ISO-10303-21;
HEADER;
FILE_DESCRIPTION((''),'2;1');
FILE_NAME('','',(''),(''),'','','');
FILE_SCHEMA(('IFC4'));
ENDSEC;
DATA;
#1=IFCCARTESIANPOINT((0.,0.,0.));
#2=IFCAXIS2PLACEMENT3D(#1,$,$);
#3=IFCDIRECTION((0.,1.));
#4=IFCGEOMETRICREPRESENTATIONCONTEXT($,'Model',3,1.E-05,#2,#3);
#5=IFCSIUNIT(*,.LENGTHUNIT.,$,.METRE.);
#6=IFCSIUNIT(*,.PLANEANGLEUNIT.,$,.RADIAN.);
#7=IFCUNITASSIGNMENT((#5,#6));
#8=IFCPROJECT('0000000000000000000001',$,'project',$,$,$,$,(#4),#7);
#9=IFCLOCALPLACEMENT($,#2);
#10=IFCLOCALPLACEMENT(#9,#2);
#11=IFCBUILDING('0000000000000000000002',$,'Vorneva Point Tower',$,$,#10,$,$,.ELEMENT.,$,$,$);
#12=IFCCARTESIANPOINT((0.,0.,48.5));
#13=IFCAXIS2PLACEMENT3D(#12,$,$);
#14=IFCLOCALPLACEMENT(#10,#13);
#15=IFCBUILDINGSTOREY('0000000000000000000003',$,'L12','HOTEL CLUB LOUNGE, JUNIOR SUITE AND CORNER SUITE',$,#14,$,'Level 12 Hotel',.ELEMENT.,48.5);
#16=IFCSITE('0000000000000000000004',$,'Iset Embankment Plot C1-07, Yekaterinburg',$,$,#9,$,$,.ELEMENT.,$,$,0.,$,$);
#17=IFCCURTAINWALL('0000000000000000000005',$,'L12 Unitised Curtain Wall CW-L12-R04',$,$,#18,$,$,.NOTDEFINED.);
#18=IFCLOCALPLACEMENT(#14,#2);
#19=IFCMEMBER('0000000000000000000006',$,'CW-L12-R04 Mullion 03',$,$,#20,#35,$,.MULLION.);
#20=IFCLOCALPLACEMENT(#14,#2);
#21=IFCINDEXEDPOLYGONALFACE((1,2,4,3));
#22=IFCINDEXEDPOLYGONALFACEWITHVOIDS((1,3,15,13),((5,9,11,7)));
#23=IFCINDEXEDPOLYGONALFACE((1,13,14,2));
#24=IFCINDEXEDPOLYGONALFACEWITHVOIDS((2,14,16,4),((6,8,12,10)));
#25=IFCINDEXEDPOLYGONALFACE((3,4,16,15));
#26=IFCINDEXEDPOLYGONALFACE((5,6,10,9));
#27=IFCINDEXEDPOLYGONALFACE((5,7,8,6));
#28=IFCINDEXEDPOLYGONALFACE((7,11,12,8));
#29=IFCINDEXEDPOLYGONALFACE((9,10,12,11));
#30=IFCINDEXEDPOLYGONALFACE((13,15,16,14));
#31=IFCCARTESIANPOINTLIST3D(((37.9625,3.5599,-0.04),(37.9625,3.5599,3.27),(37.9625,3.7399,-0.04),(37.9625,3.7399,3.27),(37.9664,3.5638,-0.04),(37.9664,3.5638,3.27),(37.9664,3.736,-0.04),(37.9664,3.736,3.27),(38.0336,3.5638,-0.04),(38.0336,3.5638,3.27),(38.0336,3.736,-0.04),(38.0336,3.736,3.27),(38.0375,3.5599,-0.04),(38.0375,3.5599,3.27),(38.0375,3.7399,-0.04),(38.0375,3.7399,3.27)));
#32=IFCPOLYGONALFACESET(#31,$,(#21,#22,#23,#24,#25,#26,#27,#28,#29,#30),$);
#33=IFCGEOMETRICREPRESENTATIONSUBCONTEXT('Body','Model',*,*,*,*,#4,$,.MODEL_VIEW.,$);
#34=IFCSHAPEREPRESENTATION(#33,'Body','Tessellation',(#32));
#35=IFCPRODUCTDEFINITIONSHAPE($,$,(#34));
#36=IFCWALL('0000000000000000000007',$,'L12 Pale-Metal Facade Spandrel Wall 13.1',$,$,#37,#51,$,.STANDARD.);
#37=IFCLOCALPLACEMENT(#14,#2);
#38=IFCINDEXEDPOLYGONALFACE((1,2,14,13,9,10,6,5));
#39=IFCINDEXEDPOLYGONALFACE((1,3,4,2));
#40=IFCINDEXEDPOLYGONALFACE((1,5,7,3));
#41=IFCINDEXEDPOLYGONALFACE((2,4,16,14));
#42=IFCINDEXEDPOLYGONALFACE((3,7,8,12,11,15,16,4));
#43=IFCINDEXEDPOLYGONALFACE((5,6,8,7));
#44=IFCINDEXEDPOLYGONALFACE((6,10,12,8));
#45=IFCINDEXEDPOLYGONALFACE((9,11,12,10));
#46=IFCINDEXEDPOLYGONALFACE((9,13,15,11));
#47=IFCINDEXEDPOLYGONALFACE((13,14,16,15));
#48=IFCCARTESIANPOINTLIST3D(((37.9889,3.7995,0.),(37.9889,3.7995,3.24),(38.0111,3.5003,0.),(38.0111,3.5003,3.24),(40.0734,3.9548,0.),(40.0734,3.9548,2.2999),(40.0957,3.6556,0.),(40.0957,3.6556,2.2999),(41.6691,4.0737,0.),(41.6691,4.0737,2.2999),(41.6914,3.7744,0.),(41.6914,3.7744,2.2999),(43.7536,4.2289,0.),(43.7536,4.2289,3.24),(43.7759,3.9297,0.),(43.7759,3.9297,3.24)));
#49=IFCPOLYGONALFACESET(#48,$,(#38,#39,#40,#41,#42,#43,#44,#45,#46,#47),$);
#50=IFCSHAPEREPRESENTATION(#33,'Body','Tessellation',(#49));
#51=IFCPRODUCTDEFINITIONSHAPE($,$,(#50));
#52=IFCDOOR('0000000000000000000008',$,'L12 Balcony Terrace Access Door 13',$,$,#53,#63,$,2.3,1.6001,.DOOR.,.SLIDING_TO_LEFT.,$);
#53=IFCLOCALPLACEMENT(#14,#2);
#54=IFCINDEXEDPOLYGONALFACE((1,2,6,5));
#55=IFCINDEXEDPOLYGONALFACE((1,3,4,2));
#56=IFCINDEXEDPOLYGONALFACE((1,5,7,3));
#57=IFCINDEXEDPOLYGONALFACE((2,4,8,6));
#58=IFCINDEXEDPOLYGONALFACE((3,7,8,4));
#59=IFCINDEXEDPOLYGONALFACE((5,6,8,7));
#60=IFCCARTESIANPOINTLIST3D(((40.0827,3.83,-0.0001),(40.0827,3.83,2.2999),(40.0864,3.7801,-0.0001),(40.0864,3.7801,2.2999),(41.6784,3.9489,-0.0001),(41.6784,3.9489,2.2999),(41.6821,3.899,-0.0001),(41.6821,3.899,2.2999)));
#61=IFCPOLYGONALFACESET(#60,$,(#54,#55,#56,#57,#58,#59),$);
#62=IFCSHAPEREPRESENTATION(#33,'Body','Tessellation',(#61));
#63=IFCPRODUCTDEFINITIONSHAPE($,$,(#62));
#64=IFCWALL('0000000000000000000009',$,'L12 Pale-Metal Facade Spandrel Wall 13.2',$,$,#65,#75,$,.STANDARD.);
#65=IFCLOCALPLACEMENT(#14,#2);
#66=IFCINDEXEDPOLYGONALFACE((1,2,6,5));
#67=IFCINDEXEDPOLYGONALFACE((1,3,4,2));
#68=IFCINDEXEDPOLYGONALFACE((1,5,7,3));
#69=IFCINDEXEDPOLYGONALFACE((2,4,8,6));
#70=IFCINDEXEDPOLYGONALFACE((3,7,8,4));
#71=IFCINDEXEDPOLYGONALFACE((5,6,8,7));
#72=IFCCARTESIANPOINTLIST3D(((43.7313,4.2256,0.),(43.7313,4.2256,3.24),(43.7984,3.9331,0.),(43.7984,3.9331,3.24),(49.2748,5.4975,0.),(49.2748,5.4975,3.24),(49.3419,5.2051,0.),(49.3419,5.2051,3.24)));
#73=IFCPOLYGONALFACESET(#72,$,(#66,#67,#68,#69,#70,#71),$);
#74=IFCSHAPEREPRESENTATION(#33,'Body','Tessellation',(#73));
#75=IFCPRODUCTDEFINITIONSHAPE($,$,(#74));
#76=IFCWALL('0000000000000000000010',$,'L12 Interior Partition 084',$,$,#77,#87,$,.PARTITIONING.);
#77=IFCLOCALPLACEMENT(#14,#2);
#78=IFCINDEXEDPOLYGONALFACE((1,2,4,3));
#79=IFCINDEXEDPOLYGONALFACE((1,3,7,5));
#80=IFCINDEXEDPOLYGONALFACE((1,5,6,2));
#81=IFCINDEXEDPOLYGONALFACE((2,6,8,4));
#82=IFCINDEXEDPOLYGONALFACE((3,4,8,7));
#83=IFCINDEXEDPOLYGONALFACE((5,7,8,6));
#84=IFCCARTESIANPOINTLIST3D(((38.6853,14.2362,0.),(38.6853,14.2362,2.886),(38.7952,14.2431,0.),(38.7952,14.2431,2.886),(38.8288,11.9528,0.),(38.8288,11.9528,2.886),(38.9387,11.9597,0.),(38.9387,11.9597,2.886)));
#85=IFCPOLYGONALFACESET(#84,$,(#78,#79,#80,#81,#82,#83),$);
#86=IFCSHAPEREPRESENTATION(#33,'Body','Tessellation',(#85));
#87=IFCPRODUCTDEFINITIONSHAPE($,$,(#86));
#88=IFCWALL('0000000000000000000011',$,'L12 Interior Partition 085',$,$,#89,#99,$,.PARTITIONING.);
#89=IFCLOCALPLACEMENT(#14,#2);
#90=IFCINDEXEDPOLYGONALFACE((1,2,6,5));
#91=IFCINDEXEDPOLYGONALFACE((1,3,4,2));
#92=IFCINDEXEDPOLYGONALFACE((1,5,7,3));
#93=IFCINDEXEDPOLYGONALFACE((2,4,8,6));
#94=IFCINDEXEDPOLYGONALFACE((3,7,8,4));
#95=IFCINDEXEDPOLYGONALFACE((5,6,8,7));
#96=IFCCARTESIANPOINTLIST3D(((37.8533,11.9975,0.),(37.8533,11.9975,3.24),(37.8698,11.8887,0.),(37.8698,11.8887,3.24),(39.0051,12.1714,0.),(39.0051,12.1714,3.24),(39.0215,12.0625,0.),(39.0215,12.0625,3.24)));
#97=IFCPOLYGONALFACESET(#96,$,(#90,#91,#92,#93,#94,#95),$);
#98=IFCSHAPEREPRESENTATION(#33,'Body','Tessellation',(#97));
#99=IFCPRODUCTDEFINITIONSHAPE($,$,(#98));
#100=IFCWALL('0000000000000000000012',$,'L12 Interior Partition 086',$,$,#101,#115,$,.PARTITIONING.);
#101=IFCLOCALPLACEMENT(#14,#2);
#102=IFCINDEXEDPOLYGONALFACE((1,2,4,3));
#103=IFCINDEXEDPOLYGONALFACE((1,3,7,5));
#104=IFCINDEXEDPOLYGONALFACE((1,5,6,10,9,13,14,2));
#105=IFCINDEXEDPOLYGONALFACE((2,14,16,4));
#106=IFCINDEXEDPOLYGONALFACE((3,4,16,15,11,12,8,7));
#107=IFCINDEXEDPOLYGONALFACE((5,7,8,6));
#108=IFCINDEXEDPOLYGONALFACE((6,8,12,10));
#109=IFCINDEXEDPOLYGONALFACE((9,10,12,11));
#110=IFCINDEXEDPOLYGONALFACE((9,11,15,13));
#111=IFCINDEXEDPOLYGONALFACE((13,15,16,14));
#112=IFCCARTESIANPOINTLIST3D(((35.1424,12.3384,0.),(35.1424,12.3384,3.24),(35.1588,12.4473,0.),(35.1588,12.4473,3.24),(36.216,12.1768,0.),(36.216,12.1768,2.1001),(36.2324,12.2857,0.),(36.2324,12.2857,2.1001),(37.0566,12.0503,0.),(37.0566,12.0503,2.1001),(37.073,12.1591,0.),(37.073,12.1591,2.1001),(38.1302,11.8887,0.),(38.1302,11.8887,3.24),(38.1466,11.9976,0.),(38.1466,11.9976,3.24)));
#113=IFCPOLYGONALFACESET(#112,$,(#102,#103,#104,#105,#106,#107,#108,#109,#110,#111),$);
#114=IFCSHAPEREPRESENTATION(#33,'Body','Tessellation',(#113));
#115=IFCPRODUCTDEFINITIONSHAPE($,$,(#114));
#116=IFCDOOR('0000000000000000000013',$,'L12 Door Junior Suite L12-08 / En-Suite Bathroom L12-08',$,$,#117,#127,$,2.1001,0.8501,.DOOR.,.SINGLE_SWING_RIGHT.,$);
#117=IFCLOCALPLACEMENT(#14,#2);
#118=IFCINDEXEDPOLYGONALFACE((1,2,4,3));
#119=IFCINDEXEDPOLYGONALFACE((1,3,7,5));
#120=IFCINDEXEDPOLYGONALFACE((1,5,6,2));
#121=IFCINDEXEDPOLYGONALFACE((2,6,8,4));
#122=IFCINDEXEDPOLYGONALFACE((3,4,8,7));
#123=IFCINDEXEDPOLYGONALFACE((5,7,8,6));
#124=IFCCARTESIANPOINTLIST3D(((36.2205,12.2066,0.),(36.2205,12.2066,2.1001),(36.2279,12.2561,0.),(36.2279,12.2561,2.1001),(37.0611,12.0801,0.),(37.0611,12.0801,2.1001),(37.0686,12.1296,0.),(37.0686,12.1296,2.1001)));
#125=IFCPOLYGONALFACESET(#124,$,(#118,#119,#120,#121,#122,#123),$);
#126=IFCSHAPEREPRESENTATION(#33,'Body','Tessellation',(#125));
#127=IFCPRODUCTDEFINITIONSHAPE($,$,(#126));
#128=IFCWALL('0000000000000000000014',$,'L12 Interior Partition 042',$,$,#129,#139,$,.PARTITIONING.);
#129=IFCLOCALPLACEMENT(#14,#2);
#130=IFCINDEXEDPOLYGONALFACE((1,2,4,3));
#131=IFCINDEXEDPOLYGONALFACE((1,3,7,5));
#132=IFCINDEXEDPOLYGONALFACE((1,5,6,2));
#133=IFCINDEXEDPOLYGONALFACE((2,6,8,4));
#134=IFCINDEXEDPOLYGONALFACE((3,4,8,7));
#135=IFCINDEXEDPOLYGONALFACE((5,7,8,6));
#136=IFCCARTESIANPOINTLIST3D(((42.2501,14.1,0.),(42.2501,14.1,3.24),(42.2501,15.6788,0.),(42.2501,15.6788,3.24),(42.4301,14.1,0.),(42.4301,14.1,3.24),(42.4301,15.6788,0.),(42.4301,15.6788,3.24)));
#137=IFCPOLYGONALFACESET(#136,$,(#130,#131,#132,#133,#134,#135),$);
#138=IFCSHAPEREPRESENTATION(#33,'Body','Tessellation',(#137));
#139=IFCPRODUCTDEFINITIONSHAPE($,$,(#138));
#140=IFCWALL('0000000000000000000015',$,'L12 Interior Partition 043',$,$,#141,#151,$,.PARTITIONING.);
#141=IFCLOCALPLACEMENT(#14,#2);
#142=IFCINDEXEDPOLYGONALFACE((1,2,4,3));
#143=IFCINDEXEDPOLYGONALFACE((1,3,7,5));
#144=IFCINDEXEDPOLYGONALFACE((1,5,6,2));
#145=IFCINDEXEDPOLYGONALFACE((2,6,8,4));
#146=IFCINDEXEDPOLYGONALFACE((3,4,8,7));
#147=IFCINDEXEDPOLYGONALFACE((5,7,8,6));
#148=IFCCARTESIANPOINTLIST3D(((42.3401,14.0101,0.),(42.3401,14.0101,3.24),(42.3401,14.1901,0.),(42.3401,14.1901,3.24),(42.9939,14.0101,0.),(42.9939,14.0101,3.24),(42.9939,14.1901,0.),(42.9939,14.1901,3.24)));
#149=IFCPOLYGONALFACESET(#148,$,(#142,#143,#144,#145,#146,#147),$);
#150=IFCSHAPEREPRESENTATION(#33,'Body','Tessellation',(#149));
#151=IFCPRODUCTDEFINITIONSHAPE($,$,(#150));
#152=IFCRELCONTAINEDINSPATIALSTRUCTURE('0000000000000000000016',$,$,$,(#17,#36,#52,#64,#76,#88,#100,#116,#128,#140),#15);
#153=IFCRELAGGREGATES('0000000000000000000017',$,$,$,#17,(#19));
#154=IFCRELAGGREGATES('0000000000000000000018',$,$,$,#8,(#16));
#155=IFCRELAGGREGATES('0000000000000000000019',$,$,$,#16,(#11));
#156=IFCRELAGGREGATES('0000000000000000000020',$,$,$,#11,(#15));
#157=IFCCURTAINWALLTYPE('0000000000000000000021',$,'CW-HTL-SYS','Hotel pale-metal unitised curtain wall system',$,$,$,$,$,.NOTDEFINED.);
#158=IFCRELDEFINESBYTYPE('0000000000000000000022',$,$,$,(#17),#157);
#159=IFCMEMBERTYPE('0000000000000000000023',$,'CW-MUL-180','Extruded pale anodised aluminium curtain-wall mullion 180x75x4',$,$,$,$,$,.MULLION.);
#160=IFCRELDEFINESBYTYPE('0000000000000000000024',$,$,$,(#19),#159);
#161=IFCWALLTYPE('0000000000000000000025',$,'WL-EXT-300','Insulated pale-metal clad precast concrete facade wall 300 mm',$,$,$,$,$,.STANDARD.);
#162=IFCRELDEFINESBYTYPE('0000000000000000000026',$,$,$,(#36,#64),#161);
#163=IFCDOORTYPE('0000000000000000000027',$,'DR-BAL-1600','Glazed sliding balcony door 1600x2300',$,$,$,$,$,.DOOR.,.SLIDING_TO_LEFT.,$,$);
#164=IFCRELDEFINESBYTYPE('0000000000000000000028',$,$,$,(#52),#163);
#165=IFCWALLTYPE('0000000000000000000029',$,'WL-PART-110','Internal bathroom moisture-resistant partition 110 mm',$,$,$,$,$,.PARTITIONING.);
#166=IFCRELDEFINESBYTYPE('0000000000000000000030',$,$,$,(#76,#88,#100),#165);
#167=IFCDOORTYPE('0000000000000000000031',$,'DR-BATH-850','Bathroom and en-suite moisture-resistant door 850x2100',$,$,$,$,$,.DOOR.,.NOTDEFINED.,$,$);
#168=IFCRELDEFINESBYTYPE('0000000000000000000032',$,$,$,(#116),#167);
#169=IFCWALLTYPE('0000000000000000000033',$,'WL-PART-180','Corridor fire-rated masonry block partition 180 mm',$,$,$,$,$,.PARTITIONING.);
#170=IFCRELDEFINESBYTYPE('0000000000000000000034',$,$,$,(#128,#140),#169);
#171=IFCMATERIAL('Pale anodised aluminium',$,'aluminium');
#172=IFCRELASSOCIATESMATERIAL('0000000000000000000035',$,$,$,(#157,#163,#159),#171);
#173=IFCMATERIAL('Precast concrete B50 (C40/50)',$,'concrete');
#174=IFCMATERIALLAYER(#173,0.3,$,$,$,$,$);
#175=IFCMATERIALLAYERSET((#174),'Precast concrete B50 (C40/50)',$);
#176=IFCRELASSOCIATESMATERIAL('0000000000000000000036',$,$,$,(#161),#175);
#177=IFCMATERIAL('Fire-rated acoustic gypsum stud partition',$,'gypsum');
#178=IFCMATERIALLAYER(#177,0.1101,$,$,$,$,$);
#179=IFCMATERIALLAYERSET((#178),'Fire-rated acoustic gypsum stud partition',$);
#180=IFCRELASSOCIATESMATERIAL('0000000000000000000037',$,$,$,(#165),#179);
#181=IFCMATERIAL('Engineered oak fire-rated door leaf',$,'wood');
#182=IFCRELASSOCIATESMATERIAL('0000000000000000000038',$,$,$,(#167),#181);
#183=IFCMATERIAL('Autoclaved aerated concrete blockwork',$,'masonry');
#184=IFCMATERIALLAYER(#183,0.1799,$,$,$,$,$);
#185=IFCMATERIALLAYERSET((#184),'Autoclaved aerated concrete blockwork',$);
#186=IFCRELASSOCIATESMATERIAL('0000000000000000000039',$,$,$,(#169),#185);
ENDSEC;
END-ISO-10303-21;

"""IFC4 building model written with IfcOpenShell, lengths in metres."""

from ifc_helpers import new_model, si_unit, direction, frame, frame_2d, origin, origin_2d, place, context, subcontext, project, spatial, rectangle, hollow_rectangle, extrude, material, layer, layer_set, material_profile, profile_set, type_object, element, fill, aggregate, save


model = new_model("IFC4")

# Units and contexts
model_context = context("Model", 3, precision=1e-05, world=origin(), true_north=direction((0.0, 1.0)))
body_context = subcontext(model_context, "Body", "Model", "MODEL_VIEW")
ifc_project = project(units=[si_unit("LENGTHUNIT", "METRE"), si_unit("PLANEANGLEUNIT", "RADIAN")], contexts=[model_context])

# Site, building, storey
site_placement = place(None, origin())
site = spatial("IfcSite", under=ifc_project, at=site_placement, Name="Iset Embankment Plot C1-07, Yekaterinburg", CompositionType="ELEMENT", RefElevation=0.0)
building_placement = place(site_placement, origin())
building = spatial("IfcBuilding", under=site, at=building_placement, Name="Vorneva Point Tower", CompositionType="ELEMENT")
storey_placement = place(building_placement, frame((0.0, 0.0, 48.5)))
storey = spatial("IfcBuildingStorey", under=building, at=storey_placement, Name="L12", Description="HOTEL CLUB LOUNGE, JUNIOR SUITE AND CORNER SUITE", LongName="Level 12 Hotel", CompositionType="ELEMENT", Elevation=48.5)

# Curtain wall, member
ifc_material_1 = material(Name="Pale anodised aluminium", Category="aluminium")
curtain_wall_type = type_object("IfcCurtainWallType", Name="CW-HTL-SYS", Description="Hotel pale-metal unitised curtain wall system", PredefinedType="NOTDEFINED", material=ifc_material_1)
curtain_wall_placement = place(storey_placement, origin())
curtain_wall = element("IfcCurtainWall", 1, at=curtain_wall_placement, inside=storey, type_object=curtain_wall_type, Name="L12 Unitised Curtain Wall CW-L12-R04", PredefinedType="NOTDEFINED")
ifc_material_profile_1 = material_profile(ifc_material_1, hollow_rectangle(XDim=0.075, YDim=0.1799, WallThickness=0.0039, at=origin_2d()), Name="AL-MUL 180x75x4")
ifc_profile_set_1 = profile_set([ifc_material_profile_1], Name="Pale anodised aluminium")
member_type = type_object("IfcMemberType", Name="CW-MUL-180", Description="Extruded pale anodised aluminium curtain-wall mullion 180x75x4", PredefinedType="MULLION", material=ifc_profile_set_1)
member_placement = place(storey_placement, frame((38.0, 3.6499, -0.04), z_axis=(0.0, 0.0, 1.0), x_axis=(1.0, 0.0, 0.0)))
member = element("IfcMember", 2, at=member_placement, type_object=member_type, Name="CW-L12-R04 Mullion 03", PredefinedType="MULLION", context=body_context, shape_type="SweptSolid", body=[
    extrude(hollow_rectangle(XDim=0.075, YDim=0.1799, WallThickness=0.0039, at=origin_2d()), origin(), (0.0, 0.0, 1.0), 3.3101),
])
aggregate(curtain_wall, [member])

# Wall, opening, door
ifc_material_2 = material(Name="Precast concrete B50 (C40/50)", Category="concrete")
ifc_layer_1 = layer(ifc_material_2, 0.3)
ifc_layer_set_1 = layer_set([ifc_layer_1], Name="Precast concrete B50 (C40/50)")
wall_type_1 = type_object("IfcWallType", Name="WL-EXT-300", Description="Insulated pale-metal clad precast concrete facade wall 300 mm", PredefinedType="STANDARD", material=ifc_layer_set_1)
wall_1_placement = place(storey_placement, frame((38.0, 3.6499, 0.0), z_axis=(0.0, 0.0, 1.0), x_axis=(0.997237, 0.074287, 0.0)))
wall_1 = element("IfcWall", 3, at=wall_1_placement, inside=storey, type_object=wall_type_1, Name="L12 Pale-Metal Facade Spandrel Wall 13.1", PredefinedType="STANDARD", context=body_context, shape_type="SweptSolid", body=[
    extrude(rectangle(XDim=5.7808, YDim=0.3, at=frame_2d((2.8904, 0.0))), origin(), (0.0, 0.0, 1.0), 3.24),
])
opening_1_placement = place(wall_1_placement, frame((2.0903, 0.0, 0.0)))
opening_1 = element("IfcOpeningElement", 4, at=opening_1_placement, cuts=wall_1, PredefinedType="OPENING", context=body_context, shape_type="SweptSolid", body=[
    extrude(rectangle(XDim=1.6001, YDim=2.3, at=frame_2d((0.8, 1.1499))), frame((0.0, 0.165, 0.0), z_axis=(0.0, -1.0, 0.0), x_axis=(1.0, 0.0, 0.0)), (0.0, 0.0, 1.0), 0.3298),
])
door_type_1 = type_object("IfcDoorType", Name="DR-BAL-1600", Description="Glazed sliding balcony door 1600x2300", OperationType="SLIDING_TO_LEFT", PredefinedType="DOOR", material=ifc_material_1)
door_1_placement = place(opening_1_placement, origin())
door_1 = element("IfcDoor", 5, at=door_1_placement, inside=storey, type_object=door_type_1, Name="L12 Balcony Terrace Access Door 13", OperationType="SLIDING_TO_LEFT", OverallHeight=2.3, OverallWidth=1.6001, PredefinedType="DOOR", context=body_context, shape_type="SweptSolid", body=[
    extrude(rectangle(XDim=1.6001, YDim=2.3, at=frame_2d((0.8, 1.1499))), frame((0.0, 0.0249, 0.0), z_axis=(0.0, -1.0, 0.0), x_axis=(1.0, 0.0, 0.0)), (0.0, 0.0, 1.0), 0.05),
])
fill(opening_1, door_1)

# Walls
wall_2_placement = place(storey_placement, frame((43.7649, 4.0793, 0.0), z_axis=(0.0, 0.0, 1.0), x_axis=(0.974671, 0.223643, 0.0)))
element("IfcWall", 6, at=wall_2_placement, inside=storey, type_object=wall_type_1, Name="L12 Pale-Metal Facade Spandrel Wall 13.2", PredefinedType="STANDARD", context=body_context, shape_type="SweptSolid", body=[
    extrude(rectangle(XDim=5.6875, YDim=0.3, at=frame_2d((2.8438, 0.0))), origin(), (0.0, 0.0, 1.0), 3.24),
])
ifc_material_3 = material(Name="Fire-rated acoustic gypsum stud partition", Category="gypsum")
ifc_layer_2 = layer(ifc_material_3, 0.1101)
ifc_layer_set_2 = layer_set([ifc_layer_2], Name="Fire-rated acoustic gypsum stud partition")
wall_type_2 = type_object("IfcWallType", Name="WL-PART-110", Description="Internal bathroom moisture-resistant partition 110 mm", PredefinedType="PARTITIONING", material=ifc_layer_set_2)
wall_3_placement = place(storey_placement, frame((38.7402, 14.2397, 0.0), z_axis=(0.0, 0.0, 1.0), x_axis=(0.062744, -0.99803, 0.0)))
element("IfcWall", 7, at=wall_3_placement, inside=storey, type_object=wall_type_2, Name="L12 Interior Partition 084", PredefinedType="PARTITIONING", context=body_context, shape_type="SweptSolid", body=[
    extrude(rectangle(XDim=2.2878, YDim=0.1101, at=frame_2d((1.144, 0.0))), origin(), (0.0, 0.0, 1.0), 2.886),
])
wall_4_placement = place(storey_placement, frame((39.0134, 12.1169, 0.0), z_axis=(0.0, 0.0, 1.0), x_axis=(-0.988804, -0.149222, 0.0)))
element("IfcWall", 8, at=wall_4_placement, inside=storey, type_object=wall_type_2, Name="L12 Interior Partition 085", PredefinedType="PARTITIONING", context=body_context, shape_type="SweptSolid", body=[
    extrude(rectangle(XDim=1.1648, YDim=0.1101, at=frame_2d((0.5825, 0.0))), origin(), (0.0, 0.0, 1.0), 3.24),
])

# Wall, opening, door
wall_5_placement = place(storey_placement, frame((38.1384, 11.9431, 0.0), z_axis=(0.0, 0.0, 1.0), x_axis=(-0.988862, 0.148838, 0.0)))
wall_5 = element("IfcWall", 9, at=wall_5_placement, inside=storey, type_object=wall_type_2, Name="L12 Interior Partition 086", PredefinedType="PARTITIONING", context=body_context, shape_type="SweptSolid", body=[
    extrude(rectangle(XDim=3.0215, YDim=0.1101, at=frame_2d((1.5107, 0.0))), origin(), (0.0, 0.0, 1.0), 3.24),
])
opening_2_placement = place(wall_5_placement, frame((1.0857, 0.0, 0.0)))
opening_2 = element("IfcOpeningElement", 10, at=opening_2_placement, cuts=wall_5, PredefinedType="OPENING", context=body_context, shape_type="SweptSolid", body=[
    extrude(rectangle(XDim=0.8501, YDim=2.1001, at=frame_2d((0.425, 1.05))), frame((0.0, 0.0698, 0.0), z_axis=(0.0, -1.0, 0.0), x_axis=(1.0, 0.0, 0.0)), (0.0, 0.0, 1.0), 0.1399),
])
ifc_material_4 = material(Name="Engineered oak fire-rated door leaf", Category="wood")
door_type_2 = type_object("IfcDoorType", Name="DR-BATH-850", Description="Bathroom and en-suite moisture-resistant door 850x2100", OperationType="NOTDEFINED", PredefinedType="DOOR", material=ifc_material_4)
door_2_placement = place(opening_2_placement, origin())
door_2 = element("IfcDoor", 11, at=door_2_placement, inside=storey, type_object=door_type_2, Name="L12 Door Junior Suite L12-08 / En-Suite Bathroom L12-08", OperationType="SINGLE_SWING_RIGHT", OverallHeight=2.1001, OverallWidth=0.8501, PredefinedType="DOOR", context=body_context, shape_type="SweptSolid", body=[
    extrude(rectangle(XDim=0.8501, YDim=2.1001, at=frame_2d((0.425, 1.05))), frame((0.0, 0.0249, 0.0), z_axis=(0.0, -1.0, 0.0), x_axis=(1.0, 0.0, 0.0)), (0.0, 0.0, 1.0), 0.05),
])
fill(opening_2, door_2)
ifc_material_5 = material(Name="Autoclaved aerated concrete blockwork", Category="masonry")
ifc_layer_3 = layer(ifc_material_5, 0.1799)
ifc_layer_set_3 = layer_set([ifc_layer_3], Name="Autoclaved aerated concrete blockwork")
wall_type_3 = type_object("IfcWallType", Name="WL-PART-180", Description="Corridor fire-rated masonry block partition 180 mm", PredefinedType="PARTITIONING", material=ifc_layer_set_3)

# Walls
wall_6_placement = place(storey_placement, frame((42.3401, 15.679, 0.0), z_axis=(0.0, 0.0, 1.0), x_axis=(0.0, -1.0, 0.0)))
element("IfcWall", 12, at=wall_6_placement, inside=storey, type_object=wall_type_3, Name="L12 Interior Partition 042", PredefinedType="PARTITIONING", context=body_context, shape_type="SweptSolid", body=[
    extrude(rectangle(XDim=1.5789, YDim=0.1799, at=frame_2d((0.7896, 0.0))), origin(), (0.0, 0.0, 1.0), 3.24),
])
wall_7_placement = place(storey_placement, frame((42.3401, 14.1001, 0.0), z_axis=(0.0, 0.0, 1.0), x_axis=(1.0, 0.0, 0.0)))
element("IfcWall", 13, at=wall_7_placement, inside=storey, type_object=wall_type_3, Name="L12 Interior Partition 043", PredefinedType="PARTITIONING", context=body_context, shape_type="SweptSolid", body=[
    extrude(rectangle(XDim=0.6538, YDim=0.1799, at=frame_2d((0.3269, 0.0))), origin(), (0.0, 0.0, 1.0), 3.24),
])

save(model, "model.ifc")
